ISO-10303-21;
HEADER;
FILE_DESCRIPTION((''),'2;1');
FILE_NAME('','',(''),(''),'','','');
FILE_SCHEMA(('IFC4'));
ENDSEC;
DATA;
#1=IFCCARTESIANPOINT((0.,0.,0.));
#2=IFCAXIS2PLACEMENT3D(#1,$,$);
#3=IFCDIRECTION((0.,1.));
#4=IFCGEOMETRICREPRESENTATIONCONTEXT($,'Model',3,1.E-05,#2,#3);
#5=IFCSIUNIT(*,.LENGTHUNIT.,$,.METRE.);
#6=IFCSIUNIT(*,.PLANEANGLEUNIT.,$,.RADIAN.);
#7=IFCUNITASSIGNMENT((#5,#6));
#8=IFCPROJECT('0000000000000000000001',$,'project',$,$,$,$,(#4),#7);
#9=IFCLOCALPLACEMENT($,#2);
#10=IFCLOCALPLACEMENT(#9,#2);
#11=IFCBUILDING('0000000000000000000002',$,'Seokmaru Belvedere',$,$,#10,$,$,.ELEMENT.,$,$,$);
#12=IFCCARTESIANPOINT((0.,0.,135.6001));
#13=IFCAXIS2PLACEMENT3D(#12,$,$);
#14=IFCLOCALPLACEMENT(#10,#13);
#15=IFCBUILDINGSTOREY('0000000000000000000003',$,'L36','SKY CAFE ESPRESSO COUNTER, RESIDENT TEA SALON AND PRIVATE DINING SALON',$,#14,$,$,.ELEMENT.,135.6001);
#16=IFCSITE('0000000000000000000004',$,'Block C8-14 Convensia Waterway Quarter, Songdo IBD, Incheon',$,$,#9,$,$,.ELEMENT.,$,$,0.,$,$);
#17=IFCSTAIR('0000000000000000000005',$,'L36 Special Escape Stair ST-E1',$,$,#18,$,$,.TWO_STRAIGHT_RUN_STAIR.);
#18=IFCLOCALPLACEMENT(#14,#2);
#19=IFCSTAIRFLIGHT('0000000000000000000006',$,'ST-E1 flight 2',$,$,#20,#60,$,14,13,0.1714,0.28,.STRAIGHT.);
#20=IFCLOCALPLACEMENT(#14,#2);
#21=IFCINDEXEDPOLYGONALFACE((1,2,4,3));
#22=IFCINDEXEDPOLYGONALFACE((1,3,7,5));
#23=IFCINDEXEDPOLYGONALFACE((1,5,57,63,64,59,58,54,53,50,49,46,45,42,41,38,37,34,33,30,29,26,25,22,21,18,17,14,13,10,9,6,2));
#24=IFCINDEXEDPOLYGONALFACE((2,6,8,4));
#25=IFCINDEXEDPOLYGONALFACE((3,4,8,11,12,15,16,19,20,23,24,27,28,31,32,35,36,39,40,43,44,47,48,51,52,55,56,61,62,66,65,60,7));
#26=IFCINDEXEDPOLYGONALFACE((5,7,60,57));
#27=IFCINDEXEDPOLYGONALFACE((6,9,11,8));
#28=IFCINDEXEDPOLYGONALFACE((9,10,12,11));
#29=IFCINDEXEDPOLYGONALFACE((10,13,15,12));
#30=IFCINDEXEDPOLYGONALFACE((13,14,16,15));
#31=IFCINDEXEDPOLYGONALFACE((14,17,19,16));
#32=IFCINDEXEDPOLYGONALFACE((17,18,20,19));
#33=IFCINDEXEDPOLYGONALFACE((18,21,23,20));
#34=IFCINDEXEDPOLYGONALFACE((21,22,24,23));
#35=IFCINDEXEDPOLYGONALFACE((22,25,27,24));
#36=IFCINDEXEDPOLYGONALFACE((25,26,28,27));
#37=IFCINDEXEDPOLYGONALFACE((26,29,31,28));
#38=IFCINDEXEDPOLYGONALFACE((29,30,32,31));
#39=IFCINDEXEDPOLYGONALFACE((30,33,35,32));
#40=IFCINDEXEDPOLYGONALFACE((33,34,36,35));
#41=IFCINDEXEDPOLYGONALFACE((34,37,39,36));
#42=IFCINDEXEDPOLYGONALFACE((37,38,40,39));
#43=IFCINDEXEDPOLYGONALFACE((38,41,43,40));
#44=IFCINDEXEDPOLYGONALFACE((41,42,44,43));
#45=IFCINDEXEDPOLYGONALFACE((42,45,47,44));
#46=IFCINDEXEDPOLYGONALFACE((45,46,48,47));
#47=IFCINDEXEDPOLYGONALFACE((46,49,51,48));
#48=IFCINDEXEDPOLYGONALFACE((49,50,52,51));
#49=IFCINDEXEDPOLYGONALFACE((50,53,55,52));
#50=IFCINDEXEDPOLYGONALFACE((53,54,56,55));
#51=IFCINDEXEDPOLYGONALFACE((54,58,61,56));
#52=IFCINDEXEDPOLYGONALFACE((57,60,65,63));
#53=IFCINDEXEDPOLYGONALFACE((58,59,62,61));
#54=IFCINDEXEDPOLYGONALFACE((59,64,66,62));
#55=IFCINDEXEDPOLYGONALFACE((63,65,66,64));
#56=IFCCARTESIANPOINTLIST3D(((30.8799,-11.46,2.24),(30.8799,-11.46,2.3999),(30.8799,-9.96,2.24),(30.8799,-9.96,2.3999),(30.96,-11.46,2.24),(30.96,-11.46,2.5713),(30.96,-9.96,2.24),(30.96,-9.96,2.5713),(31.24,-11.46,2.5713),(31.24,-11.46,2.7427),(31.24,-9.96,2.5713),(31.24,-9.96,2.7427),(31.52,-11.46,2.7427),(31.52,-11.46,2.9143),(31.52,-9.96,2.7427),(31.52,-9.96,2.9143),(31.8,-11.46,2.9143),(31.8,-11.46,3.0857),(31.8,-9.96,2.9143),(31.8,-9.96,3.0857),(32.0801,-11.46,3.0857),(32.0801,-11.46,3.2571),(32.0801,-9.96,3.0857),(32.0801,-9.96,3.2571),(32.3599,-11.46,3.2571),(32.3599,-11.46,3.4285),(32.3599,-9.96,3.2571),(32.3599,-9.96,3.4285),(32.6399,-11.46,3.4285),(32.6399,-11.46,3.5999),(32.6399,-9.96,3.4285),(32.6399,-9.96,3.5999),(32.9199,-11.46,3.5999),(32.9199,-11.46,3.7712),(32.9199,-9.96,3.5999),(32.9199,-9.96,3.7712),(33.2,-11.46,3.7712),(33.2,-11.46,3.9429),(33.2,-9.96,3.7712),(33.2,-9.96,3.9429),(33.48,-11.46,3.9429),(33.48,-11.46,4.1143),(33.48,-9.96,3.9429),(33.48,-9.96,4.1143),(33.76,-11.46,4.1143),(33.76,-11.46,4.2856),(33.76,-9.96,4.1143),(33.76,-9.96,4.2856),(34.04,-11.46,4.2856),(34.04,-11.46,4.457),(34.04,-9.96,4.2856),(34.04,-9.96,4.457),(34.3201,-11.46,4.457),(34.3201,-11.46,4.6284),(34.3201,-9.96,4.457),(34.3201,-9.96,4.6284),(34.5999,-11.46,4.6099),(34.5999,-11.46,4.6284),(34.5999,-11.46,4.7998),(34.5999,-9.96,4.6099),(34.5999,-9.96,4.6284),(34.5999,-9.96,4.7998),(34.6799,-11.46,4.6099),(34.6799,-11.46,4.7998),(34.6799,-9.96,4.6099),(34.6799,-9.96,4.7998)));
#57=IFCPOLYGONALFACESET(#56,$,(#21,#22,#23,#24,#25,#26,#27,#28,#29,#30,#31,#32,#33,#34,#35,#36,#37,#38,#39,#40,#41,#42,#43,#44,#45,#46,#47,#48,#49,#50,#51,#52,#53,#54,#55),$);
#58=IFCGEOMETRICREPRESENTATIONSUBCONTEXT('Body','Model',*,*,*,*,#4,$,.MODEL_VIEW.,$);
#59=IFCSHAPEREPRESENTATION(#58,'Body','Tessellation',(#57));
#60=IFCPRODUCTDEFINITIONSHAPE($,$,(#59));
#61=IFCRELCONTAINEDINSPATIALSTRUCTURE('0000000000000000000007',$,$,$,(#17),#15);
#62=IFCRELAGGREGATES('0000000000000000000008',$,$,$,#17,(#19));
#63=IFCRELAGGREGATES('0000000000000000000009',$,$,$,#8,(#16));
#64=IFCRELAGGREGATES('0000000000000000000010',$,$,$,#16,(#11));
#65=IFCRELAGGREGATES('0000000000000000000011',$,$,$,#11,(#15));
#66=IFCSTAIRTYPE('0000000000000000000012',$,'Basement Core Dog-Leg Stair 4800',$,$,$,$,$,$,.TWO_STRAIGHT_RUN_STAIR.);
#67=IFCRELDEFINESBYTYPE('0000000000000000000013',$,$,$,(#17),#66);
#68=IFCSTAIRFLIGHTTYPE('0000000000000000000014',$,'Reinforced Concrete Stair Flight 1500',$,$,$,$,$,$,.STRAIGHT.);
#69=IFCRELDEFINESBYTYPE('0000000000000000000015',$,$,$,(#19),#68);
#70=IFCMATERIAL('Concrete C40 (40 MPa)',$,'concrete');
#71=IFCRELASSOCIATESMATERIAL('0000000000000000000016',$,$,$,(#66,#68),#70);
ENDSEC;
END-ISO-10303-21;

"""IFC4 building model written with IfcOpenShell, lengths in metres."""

from ifc_helpers import new_model, si_unit, direction, frame, origin, place, context, subcontext, project, spatial, polyline, outline, extrude, material, type_object, element, aggregate, save


model = new_model("IFC4")

# Units and contexts
model_context = context("Model", 3, precision=1e-05, world=origin(), true_north=direction((0.0, 1.0)))
body_context = subcontext(model_context, "Body", "Model", "MODEL_VIEW")
ifc_project = project(units=[si_unit("LENGTHUNIT", "METRE"), si_unit("PLANEANGLEUNIT", "RADIAN")], contexts=[model_context])

# Site, building, storey
site_placement = place(None, origin())
site = spatial("IfcSite", under=ifc_project, at=site_placement, Name="Block C8-14 Convensia Waterway Quarter, Songdo IBD, Incheon", CompositionType="ELEMENT", RefElevation=0.0)
building_placement = place(site_placement, origin())
building = spatial("IfcBuilding", under=site, at=building_placement, Name="Seokmaru Belvedere", CompositionType="ELEMENT")
storey_placement = place(building_placement, frame((0.0, 0.0, 135.6001)))
storey = spatial("IfcBuildingStorey", under=building, at=storey_placement, Name="L36", Description="SKY CAFE ESPRESSO COUNTER, RESIDENT TEA SALON AND PRIVATE DINING SALON", CompositionType="ELEMENT", Elevation=135.6001)

# Stair, stair flight
ifc_material_1 = material(Name="Concrete C40 (40 MPa)", Category="concrete")
stair_type = type_object("IfcStairType", Name="Basement Core Dog-Leg Stair 4800", PredefinedType="TWO_STRAIGHT_RUN_STAIR", material=ifc_material_1)
stair_placement = place(storey_placement, origin())
stair = element("IfcStair", 1, at=stair_placement, inside=storey, type_object=stair_type, Name="L36 Special Escape Stair ST-E1", PredefinedType="TWO_STRAIGHT_RUN_STAIR")
stair_flight_type = type_object("IfcStairFlightType", Name="Reinforced Concrete Stair Flight 1500", PredefinedType="STRAIGHT", material=ifc_material_1)
stair_flight_1_placement = place(storey_placement, frame((30.96, -10.71, 2.3999), z_axis=(0.0, 0.0, 1.0), x_axis=(1.0, 0.0, 0.0)))
stair_flight_1 = element("IfcStairFlight", 2, at=stair_flight_1_placement, type_object=stair_flight_type, Name="ST-E1 flight 2", NumberOfRisers=14, NumberOfTreads=13, PredefinedType="STRAIGHT", RiserHeight=0.1714, TreadLength=0.28, context=body_context, shape_type="SweptSolid", body=[
    extrude(outline(polyline([(-0.0801, 0.0), (0.0, 0.1714), (0.28, 0.1714), (0.28, 0.3428), (0.5601, 0.3428), (0.5601, 0.5144), (0.8401, 0.5144), (0.8401, 0.6858), (1.1201, 0.6858), (1.1201, 0.8572), (1.3999, 0.8572), (1.3999, 1.0286), (1.6799, 1.0286), (1.6799, 1.2), (1.96, 1.2), (1.96, 1.3713), (2.24, 1.3713), (2.24, 1.543), (2.52, 1.543), (2.52, 1.7144), (2.8, 1.7144), (2.8, 1.8857), (3.0801, 1.8857), (3.0801, 2.0571), (3.3601, 2.0571), (3.3601, 2.2285), (3.6399, 2.2285), (3.6399, 2.3999), (3.72, 2.3999), (3.72, 2.21), (3.6399, 2.21), (0.0, -0.1599), (-0.0801, -0.1599), (-0.0801, 0.0)])), frame((0.0, 0.75, 0.0), z_axis=(0.0, -1.0, 0.0), x_axis=(1.0, 0.0, 0.0)), (0.0, 0.0, 1.0), 1.5),
])
aggregate(stair, [stair_flight_1])

save(model, "model.ifc")
